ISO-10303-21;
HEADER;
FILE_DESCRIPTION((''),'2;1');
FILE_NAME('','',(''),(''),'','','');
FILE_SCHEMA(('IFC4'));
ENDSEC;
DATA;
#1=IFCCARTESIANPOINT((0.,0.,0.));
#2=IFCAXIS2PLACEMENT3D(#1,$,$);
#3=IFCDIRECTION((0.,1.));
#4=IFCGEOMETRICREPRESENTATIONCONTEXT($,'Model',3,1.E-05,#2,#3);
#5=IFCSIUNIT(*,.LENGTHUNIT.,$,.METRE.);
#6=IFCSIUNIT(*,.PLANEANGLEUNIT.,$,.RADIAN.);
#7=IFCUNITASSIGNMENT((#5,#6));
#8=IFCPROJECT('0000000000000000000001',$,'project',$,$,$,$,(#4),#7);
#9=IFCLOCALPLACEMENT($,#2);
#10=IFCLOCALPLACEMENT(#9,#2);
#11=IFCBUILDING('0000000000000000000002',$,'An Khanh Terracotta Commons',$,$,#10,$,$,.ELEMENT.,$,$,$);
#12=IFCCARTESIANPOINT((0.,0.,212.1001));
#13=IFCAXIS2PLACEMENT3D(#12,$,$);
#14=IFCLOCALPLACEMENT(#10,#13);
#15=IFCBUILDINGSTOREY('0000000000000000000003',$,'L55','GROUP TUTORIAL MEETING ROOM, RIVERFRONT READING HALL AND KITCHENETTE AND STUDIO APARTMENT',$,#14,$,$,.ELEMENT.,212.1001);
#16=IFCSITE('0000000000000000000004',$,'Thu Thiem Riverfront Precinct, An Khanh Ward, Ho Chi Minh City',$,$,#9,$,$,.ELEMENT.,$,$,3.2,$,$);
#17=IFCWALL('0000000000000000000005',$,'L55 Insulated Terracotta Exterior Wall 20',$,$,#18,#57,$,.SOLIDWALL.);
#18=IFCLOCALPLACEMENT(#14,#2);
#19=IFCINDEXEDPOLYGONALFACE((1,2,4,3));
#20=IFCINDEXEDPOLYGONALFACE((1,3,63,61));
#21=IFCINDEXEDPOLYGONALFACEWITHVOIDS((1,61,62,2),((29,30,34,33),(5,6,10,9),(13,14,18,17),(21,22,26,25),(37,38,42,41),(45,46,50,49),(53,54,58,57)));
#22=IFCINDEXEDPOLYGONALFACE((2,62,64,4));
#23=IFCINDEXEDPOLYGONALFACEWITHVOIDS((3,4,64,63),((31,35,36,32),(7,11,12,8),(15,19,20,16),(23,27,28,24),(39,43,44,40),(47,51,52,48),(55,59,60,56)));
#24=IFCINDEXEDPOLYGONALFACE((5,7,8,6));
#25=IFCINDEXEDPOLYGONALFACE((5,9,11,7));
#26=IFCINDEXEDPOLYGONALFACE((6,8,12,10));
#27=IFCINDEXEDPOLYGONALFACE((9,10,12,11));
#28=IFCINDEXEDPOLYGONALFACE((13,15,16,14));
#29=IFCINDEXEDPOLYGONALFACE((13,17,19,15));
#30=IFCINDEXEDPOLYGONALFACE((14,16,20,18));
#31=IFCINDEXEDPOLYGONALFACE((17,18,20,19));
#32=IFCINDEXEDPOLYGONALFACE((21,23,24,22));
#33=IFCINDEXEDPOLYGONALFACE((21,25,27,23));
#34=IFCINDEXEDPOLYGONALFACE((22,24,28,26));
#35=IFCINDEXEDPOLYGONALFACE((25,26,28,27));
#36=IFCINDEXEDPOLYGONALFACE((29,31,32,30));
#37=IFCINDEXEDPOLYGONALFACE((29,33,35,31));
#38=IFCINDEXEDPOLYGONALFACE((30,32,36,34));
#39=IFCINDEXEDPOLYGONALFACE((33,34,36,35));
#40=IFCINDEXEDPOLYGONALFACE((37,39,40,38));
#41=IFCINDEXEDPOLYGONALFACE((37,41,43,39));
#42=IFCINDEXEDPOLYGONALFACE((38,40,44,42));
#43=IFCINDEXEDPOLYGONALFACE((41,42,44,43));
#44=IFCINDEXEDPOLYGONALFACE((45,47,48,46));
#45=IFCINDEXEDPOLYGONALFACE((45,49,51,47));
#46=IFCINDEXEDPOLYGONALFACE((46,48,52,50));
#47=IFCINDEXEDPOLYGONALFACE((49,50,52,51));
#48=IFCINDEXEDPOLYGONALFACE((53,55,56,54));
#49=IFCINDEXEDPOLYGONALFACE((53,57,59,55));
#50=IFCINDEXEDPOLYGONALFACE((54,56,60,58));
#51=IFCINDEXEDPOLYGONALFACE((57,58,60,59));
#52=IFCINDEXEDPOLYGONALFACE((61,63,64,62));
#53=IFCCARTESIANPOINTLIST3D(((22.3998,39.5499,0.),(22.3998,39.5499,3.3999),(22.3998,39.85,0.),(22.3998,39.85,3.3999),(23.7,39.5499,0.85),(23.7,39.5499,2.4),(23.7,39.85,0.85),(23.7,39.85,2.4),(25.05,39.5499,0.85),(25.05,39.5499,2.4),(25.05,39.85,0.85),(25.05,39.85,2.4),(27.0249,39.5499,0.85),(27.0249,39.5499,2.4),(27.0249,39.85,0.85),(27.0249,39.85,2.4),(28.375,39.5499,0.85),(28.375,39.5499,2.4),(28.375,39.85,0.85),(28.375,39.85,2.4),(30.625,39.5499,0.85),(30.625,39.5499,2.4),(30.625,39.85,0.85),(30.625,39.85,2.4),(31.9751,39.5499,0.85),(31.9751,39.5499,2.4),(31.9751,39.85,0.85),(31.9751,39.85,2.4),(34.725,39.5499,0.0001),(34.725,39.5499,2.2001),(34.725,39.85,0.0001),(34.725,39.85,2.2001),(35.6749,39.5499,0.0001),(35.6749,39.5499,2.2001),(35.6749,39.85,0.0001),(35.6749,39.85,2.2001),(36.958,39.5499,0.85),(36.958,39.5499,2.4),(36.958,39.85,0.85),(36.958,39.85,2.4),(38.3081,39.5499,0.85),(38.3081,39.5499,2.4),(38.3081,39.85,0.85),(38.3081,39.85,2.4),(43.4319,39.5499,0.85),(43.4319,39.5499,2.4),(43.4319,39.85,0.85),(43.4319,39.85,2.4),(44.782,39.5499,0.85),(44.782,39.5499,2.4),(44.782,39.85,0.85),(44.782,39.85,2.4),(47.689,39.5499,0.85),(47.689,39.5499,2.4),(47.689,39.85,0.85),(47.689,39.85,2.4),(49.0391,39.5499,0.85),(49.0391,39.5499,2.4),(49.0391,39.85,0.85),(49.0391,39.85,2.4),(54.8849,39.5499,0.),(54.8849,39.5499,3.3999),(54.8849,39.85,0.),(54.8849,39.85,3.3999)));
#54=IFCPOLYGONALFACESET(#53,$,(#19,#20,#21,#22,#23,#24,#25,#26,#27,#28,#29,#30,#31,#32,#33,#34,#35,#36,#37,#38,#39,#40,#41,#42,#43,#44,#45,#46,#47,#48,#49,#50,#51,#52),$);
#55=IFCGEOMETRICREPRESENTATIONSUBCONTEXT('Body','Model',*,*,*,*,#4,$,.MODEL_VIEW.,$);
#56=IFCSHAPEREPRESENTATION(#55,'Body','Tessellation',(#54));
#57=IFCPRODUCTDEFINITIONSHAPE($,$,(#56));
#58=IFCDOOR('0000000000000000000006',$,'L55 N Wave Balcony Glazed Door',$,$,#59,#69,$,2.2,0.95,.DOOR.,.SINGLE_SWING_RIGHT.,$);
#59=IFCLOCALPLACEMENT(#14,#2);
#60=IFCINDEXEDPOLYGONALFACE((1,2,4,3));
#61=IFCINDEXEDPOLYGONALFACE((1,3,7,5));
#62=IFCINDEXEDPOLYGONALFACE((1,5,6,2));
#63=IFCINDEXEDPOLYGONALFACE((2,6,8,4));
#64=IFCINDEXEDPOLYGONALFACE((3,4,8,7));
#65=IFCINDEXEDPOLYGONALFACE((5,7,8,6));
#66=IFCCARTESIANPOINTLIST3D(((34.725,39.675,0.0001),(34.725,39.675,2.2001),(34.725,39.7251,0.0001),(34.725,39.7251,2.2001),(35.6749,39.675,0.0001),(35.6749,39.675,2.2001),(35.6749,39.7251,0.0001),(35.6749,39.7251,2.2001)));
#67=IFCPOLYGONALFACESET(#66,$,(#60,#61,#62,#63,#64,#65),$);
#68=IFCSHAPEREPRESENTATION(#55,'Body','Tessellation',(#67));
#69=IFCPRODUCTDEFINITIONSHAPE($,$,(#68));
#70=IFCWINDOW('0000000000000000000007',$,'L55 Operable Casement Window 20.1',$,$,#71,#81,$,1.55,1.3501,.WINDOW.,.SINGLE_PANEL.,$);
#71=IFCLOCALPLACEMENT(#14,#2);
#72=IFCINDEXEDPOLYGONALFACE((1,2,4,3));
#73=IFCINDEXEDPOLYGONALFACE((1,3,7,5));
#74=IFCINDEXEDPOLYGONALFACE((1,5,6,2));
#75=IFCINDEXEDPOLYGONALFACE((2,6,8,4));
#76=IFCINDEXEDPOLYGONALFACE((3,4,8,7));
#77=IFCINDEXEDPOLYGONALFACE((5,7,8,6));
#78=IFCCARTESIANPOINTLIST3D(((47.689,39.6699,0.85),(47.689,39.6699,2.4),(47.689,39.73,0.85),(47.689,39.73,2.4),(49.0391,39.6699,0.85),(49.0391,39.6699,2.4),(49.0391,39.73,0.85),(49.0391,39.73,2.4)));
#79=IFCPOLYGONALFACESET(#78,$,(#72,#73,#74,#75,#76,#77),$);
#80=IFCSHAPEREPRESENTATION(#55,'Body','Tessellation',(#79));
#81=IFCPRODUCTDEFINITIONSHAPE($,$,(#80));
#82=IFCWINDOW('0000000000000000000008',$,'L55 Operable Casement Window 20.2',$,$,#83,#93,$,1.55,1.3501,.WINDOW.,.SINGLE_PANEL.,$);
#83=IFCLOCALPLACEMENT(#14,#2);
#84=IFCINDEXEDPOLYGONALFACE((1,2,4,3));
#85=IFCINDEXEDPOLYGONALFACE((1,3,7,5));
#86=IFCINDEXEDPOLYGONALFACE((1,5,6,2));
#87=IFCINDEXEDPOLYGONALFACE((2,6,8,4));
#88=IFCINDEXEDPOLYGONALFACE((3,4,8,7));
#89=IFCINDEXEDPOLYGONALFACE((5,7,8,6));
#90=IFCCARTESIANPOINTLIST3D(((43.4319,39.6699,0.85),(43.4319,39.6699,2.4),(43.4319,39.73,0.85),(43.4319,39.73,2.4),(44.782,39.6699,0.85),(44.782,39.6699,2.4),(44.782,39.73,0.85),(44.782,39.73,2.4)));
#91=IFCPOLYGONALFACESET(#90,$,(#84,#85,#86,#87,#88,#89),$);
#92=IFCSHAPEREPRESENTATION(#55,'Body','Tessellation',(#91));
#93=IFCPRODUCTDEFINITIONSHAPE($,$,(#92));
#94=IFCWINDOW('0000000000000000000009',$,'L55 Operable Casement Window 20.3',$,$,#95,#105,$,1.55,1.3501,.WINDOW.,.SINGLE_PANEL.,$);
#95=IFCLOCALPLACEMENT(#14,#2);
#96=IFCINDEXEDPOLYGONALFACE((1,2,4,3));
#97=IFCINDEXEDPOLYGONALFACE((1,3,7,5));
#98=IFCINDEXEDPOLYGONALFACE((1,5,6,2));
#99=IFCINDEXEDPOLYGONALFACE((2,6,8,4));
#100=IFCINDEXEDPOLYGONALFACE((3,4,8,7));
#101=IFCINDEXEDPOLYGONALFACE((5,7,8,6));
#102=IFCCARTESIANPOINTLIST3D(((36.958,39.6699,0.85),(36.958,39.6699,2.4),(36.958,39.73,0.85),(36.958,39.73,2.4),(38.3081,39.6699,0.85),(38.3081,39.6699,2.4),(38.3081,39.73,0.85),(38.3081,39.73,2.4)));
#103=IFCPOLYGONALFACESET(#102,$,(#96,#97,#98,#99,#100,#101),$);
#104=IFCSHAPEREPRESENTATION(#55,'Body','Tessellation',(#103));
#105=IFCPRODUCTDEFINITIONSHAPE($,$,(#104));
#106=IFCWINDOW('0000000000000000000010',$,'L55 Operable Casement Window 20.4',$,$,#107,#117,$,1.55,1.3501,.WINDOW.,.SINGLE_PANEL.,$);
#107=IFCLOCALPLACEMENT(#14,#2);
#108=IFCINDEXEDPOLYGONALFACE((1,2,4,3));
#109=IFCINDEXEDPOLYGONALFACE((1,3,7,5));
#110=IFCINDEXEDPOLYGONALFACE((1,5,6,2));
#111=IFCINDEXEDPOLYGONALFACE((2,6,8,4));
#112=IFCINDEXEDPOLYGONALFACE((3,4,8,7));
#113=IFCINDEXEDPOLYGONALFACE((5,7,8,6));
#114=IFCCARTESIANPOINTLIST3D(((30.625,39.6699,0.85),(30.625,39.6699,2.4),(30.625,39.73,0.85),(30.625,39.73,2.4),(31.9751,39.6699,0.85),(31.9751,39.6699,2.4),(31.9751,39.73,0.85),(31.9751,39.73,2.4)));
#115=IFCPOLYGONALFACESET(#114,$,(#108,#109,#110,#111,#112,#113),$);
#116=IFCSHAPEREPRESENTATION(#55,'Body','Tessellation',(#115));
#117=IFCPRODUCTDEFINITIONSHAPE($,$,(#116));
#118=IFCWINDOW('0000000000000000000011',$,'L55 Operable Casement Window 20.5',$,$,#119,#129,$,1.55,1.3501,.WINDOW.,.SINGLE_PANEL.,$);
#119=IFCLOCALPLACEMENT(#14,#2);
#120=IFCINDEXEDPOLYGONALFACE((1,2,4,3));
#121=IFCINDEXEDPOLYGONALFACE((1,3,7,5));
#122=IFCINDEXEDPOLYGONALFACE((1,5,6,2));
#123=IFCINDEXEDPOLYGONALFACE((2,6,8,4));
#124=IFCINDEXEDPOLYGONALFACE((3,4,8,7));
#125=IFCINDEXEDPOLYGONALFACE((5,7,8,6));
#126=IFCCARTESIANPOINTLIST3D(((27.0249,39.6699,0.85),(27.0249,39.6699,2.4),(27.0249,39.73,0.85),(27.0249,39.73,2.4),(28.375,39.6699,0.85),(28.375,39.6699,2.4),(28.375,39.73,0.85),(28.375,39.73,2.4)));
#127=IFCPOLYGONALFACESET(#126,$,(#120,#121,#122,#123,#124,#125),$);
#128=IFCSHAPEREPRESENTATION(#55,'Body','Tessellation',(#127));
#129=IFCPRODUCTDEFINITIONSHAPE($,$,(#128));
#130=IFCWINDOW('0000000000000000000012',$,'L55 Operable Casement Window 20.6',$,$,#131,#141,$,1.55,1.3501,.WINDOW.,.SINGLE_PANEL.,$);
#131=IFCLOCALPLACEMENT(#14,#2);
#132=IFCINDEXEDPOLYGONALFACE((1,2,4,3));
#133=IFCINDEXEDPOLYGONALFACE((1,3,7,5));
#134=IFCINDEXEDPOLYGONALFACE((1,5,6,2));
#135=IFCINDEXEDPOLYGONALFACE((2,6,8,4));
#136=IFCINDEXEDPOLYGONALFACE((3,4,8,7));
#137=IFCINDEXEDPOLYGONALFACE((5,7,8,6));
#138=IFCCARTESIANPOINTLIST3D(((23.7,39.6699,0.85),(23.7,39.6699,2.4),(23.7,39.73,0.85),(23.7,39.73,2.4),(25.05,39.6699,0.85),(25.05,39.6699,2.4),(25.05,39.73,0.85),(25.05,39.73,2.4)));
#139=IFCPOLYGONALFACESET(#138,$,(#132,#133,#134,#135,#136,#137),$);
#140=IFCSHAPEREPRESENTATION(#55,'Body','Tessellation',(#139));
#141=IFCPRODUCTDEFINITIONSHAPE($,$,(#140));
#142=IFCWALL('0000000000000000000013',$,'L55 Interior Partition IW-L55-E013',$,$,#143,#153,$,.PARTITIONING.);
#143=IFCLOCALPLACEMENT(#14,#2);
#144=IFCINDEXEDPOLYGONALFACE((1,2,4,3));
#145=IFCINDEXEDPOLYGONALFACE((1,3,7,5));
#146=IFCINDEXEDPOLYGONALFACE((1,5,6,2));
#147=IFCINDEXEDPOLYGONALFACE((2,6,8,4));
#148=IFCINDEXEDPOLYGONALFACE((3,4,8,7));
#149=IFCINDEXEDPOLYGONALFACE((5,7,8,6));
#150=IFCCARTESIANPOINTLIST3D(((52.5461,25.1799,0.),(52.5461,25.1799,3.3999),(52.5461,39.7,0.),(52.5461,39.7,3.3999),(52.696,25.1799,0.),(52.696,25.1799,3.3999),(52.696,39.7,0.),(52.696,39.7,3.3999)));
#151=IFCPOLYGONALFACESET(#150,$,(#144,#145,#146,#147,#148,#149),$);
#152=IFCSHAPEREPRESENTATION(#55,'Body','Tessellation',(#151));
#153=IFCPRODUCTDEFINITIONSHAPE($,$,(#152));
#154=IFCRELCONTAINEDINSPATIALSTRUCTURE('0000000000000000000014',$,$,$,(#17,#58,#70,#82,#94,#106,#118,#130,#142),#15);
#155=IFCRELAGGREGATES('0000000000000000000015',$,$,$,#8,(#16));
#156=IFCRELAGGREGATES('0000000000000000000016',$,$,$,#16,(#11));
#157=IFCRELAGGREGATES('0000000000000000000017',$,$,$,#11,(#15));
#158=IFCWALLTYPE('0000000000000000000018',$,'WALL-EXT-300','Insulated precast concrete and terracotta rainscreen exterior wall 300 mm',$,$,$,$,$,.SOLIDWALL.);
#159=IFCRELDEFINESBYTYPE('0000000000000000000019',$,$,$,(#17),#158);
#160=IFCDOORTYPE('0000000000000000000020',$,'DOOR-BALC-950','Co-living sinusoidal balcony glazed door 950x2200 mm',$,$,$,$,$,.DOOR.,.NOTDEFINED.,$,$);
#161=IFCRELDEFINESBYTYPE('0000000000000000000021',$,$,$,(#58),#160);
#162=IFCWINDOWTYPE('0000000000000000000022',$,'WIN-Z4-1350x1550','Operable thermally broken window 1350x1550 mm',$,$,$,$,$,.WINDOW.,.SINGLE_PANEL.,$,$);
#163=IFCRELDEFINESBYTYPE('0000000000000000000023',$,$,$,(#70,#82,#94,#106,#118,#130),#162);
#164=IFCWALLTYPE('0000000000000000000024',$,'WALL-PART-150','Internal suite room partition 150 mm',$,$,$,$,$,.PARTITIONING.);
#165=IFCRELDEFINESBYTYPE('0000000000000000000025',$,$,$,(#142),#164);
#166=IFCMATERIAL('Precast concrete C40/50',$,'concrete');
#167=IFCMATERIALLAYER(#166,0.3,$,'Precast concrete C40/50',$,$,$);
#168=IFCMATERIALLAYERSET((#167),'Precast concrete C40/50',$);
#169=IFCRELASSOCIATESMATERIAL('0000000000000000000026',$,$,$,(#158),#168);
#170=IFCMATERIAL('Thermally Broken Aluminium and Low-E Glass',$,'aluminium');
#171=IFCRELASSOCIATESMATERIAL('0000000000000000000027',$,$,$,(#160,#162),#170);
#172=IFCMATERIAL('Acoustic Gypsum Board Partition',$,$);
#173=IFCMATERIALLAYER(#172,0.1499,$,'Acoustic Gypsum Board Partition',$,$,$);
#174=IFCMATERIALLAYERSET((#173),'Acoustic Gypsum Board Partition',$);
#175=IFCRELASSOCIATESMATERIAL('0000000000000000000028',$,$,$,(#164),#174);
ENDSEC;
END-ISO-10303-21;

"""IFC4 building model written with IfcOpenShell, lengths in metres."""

from ifc_helpers import new_model, si_unit, direction, frame, frame_2d, origin, place, context, subcontext, project, spatial, rectangle, extrude, material, layer, layer_set, type_object, element, fill, save


model = new_model("IFC4")

# Units and contexts
model_context = context("Model", 3, precision=1e-05, world=origin(), true_north=direction((0.0, 1.0)))
body_context = subcontext(model_context, "Body", "Model", "MODEL_VIEW")
ifc_project = project(units=[si_unit("LENGTHUNIT", "METRE"), si_unit("PLANEANGLEUNIT", "RADIAN")], contexts=[model_context])

# Site, building, storey
site_placement = place(None, origin())
site = spatial("IfcSite", under=ifc_project, at=site_placement, Name="Thu Thiem Riverfront Precinct, An Khanh Ward, Ho Chi Minh City", CompositionType="ELEMENT", RefElevation=3.2)
building_placement = place(site_placement, origin())
building = spatial("IfcBuilding", under=site, at=building_placement, Name="An Khanh Terracotta Commons", CompositionType="ELEMENT")
storey_placement = place(building_placement, frame((0.0, 0.0, 212.1001)))
storey = spatial("IfcBuildingStorey", under=building, at=storey_placement, Name="L55", Description="GROUP TUTORIAL MEETING ROOM, RIVERFRONT READING HALL AND KITCHENETTE AND STUDIO APARTMENT", CompositionType="ELEMENT", Elevation=212.1001)

# Shared definitions
ifc_material_1 = material(Name="Precast concrete C40/50", Category="concrete")
ifc_layer_1 = layer(ifc_material_1, 0.3, Name="Precast concrete C40/50")
ifc_layer_set_1 = layer_set([ifc_layer_1], Name="Precast concrete C40/50")
wall_type_1 = type_object("IfcWallType", Name="WALL-EXT-300", Description="Insulated precast concrete and terracotta rainscreen exterior wall 300 mm", PredefinedType="SOLIDWALL", material=ifc_layer_set_1)

# Wall, openings, door, windows
wall_1_placement = place(storey_placement, frame((54.885, 39.7, 0.0), z_axis=(0.0, 0.0, 1.0), x_axis=(-1.0, 0.0, 0.0)))
wall_1 = element("IfcWall", 1, at=wall_1_placement, inside=storey, type_object=wall_type_1, Name="L55 Insulated Terracotta Exterior Wall 20", PredefinedType="SOLIDWALL", context=body_context, shape_type="SweptSolid", body=[
    extrude(rectangle(XDim=32.4851, YDim=0.3, at=frame_2d((16.2427, 0.0))), origin(), (0.0, 0.0, 1.0), 3.3999),
])
opening_1_placement = place(wall_1_placement, frame((19.21, 0.0, 0.0)))
opening_1 = element("IfcOpeningElement", 2, at=opening_1_placement, cuts=wall_1, PredefinedType="OPENING", context=body_context, shape_type="SweptSolid", body=[
    extrude(rectangle(XDim=0.95, YDim=2.2, at=frame_2d((0.4751, 1.1001))), frame((0.0, 0.1599, 0.0), z_axis=(0.0, -1.0, 0.0), x_axis=(1.0, 0.0, 0.0)), (0.0, 0.0, 1.0), 0.3201),
])
opening_2_placement = place(wall_1_placement, frame((5.8459, 0.0, 0.8501)))
opening_2 = element("IfcOpeningElement", 3, at=opening_2_placement, cuts=wall_1, PredefinedType="OPENING", context=body_context, shape_type="SweptSolid", body=[
    extrude(rectangle(XDim=1.3501, YDim=1.55, at=frame_2d((0.675, 0.7749))), frame((0.0, 0.1599, 0.0), z_axis=(0.0, -1.0, 0.0), x_axis=(1.0, 0.0, 0.0)), (0.0, 0.0, 1.0), 0.3201),
])
opening_3_placement = place(wall_1_placement, frame((10.103, 0.0, 0.8501)))
opening_3 = element("IfcOpeningElement", 4, at=opening_3_placement, cuts=wall_1, PredefinedType="OPENING", context=body_context, shape_type="SweptSolid", body=[
    extrude(rectangle(XDim=1.3501, YDim=1.55, at=frame_2d((0.675, 0.7749))), frame((0.0, 0.1599, 0.0), z_axis=(0.0, -1.0, 0.0), x_axis=(1.0, 0.0, 0.0)), (0.0, 0.0, 1.0), 0.3201),
])
opening_4_placement = place(wall_1_placement, frame((16.5769, 0.0, 0.8501)))
opening_4 = element("IfcOpeningElement", 5, at=opening_4_placement, cuts=wall_1, PredefinedType="OPENING", context=body_context, shape_type="SweptSolid", body=[
    extrude(rectangle(XDim=1.3501, YDim=1.55, at=frame_2d((0.675, 0.7749))), frame((0.0, 0.1599, 0.0), z_axis=(0.0, -1.0, 0.0), x_axis=(1.0, 0.0, 0.0)), (0.0, 0.0, 1.0), 0.3201),
])
opening_5_placement = place(wall_1_placement, frame((22.9099, 0.0, 0.8501)))
opening_5 = element("IfcOpeningElement", 6, at=opening_5_placement, cuts=wall_1, PredefinedType="OPENING", context=body_context, shape_type="SweptSolid", body=[
    extrude(rectangle(XDim=1.3501, YDim=1.55, at=frame_2d((0.675, 0.7749))), frame((0.0, 0.1599, 0.0), z_axis=(0.0, -1.0, 0.0), x_axis=(1.0, 0.0, 0.0)), (0.0, 0.0, 1.0), 0.3201),
])
opening_6_placement = place(wall_1_placement, frame((26.51, 0.0, 0.8501)))
opening_6 = element("IfcOpeningElement", 7, at=opening_6_placement, cuts=wall_1, PredefinedType="OPENING", context=body_context, shape_type="SweptSolid", body=[
    extrude(rectangle(XDim=1.3501, YDim=1.55, at=frame_2d((0.675, 0.7749))), frame((0.0, 0.1599, 0.0), z_axis=(0.0, -1.0, 0.0), x_axis=(1.0, 0.0, 0.0)), (0.0, 0.0, 1.0), 0.3201),
])
opening_7_placement = place(wall_1_placement, frame((29.835, 0.0, 0.8501)))
opening_7 = element("IfcOpeningElement", 8, at=opening_7_placement, cuts=wall_1, PredefinedType="OPENING", context=body_context, shape_type="SweptSolid", body=[
    extrude(rectangle(XDim=1.3501, YDim=1.55, at=frame_2d((0.675, 0.7749))), frame((0.0, 0.1599, 0.0), z_axis=(0.0, -1.0, 0.0), x_axis=(1.0, 0.0, 0.0)), (0.0, 0.0, 1.0), 0.3201),
])
ifc_material_2 = material(Name="Thermally Broken Aluminium and Low-E Glass", Category="aluminium")
door_type = type_object("IfcDoorType", Name="DOOR-BALC-950", Description="Co-living sinusoidal balcony glazed door 950x2200 mm", OperationType="NOTDEFINED", PredefinedType="DOOR", material=ifc_material_2)
door_placement = place(opening_1_placement, origin())
door = element("IfcDoor", 9, at=door_placement, inside=storey, type_object=door_type, Name="L55 N Wave Balcony Glazed Door", OperationType="SINGLE_SWING_RIGHT", OverallHeight=2.2, OverallWidth=0.95, PredefinedType="DOOR", context=body_context, shape_type="SweptSolid", body=[
    extrude(rectangle(XDim=0.95, YDim=2.2, at=frame_2d((0.4751, 1.1001))), frame((0.0, 0.0249, 0.0), z_axis=(0.0, -1.0, 0.0), x_axis=(1.0, 0.0, 0.0)), (0.0, 0.0, 1.0), 0.05),
])
fill(opening_1, door)
window_type = type_object("IfcWindowType", Name="WIN-Z4-1350x1550", Description="Operable thermally broken window 1350x1550 mm", PartitioningType="SINGLE_PANEL", PredefinedType="WINDOW", material=ifc_material_2)
window_1_placement = place(opening_2_placement, origin())
window_1 = element("IfcWindow", 10, at=window_1_placement, inside=storey, type_object=window_type, Name="L55 Operable Casement Window 20.1", OverallHeight=1.55, OverallWidth=1.3501, PartitioningType="SINGLE_PANEL", PredefinedType="WINDOW", context=body_context, shape_type="SweptSolid", body=[
    extrude(rectangle(XDim=1.3501, YDim=1.55, at=frame_2d((0.675, 0.7749))), frame((0.0, 0.03, 0.0), z_axis=(0.0, -1.0, 0.0), x_axis=(1.0, 0.0, 0.0)), (0.0, 0.0, 1.0), 0.0601),
])
fill(opening_2, window_1)
window_2_placement = place(opening_3_placement, origin())
window_2 = element("IfcWindow", 11, at=window_2_placement, inside=storey, type_object=window_type, Name="L55 Operable Casement Window 20.2", OverallHeight=1.55, OverallWidth=1.3501, PartitioningType="SINGLE_PANEL", PredefinedType="WINDOW", context=body_context, shape_type="SweptSolid", body=[
    extrude(rectangle(XDim=1.3501, YDim=1.55, at=frame_2d((0.675, 0.7749))), frame((0.0, 0.03, 0.0), z_axis=(0.0, -1.0, 0.0), x_axis=(1.0, 0.0, 0.0)), (0.0, 0.0, 1.0), 0.0601),
])
fill(opening_3, window_2)
window_3_placement = place(opening_4_placement, origin())
window_3 = element("IfcWindow", 12, at=window_3_placement, inside=storey, type_object=window_type, Name="L55 Operable Casement Window 20.3", OverallHeight=1.55, OverallWidth=1.3501, PartitioningType="SINGLE_PANEL", PredefinedType="WINDOW", context=body_context, shape_type="SweptSolid", body=[
    extrude(rectangle(XDim=1.3501, YDim=1.55, at=frame_2d((0.675, 0.7749))), frame((0.0, 0.03, 0.0), z_axis=(0.0, -1.0, 0.0), x_axis=(1.0, 0.0, 0.0)), (0.0, 0.0, 1.0), 0.0601),
])
fill(opening_4, window_3)
window_4_placement = place(opening_5_placement, origin())
window_4 = element("IfcWindow", 13, at=window_4_placement, inside=storey, type_object=window_type, Name="L55 Operable Casement Window 20.4", OverallHeight=1.55, OverallWidth=1.3501, PartitioningType="SINGLE_PANEL", PredefinedType="WINDOW", context=body_context, shape_type="SweptSolid", body=[
    extrude(rectangle(XDim=1.3501, YDim=1.55, at=frame_2d((0.675, 0.7749))), frame((0.0, 0.03, 0.0), z_axis=(0.0, -1.0, 0.0), x_axis=(1.0, 0.0, 0.0)), (0.0, 0.0, 1.0), 0.0601),
])
fill(opening_5, window_4)
window_5_placement = place(opening_6_placement, origin())
window_5 = element("IfcWindow", 14, at=window_5_placement, inside=storey, type_object=window_type, Name="L55 Operable Casement Window 20.5", OverallHeight=1.55, OverallWidth=1.3501, PartitioningType="SINGLE_PANEL", PredefinedType="WINDOW", context=body_context, shape_type="SweptSolid", body=[
    extrude(rectangle(XDim=1.3501, YDim=1.55, at=frame_2d((0.675, 0.7749))), frame((0.0, 0.03, 0.0), z_axis=(0.0, -1.0, 0.0), x_axis=(1.0, 0.0, 0.0)), (0.0, 0.0, 1.0), 0.0601),
])
fill(opening_6, window_5)
window_6_placement = place(opening_7_placement, origin())
window_6 = element("IfcWindow", 15, at=window_6_placement, inside=storey, type_object=window_type, Name="L55 Operable Casement Window 20.6", OverallHeight=1.55, OverallWidth=1.3501, PartitioningType="SINGLE_PANEL", PredefinedType="WINDOW", context=body_context, shape_type="SweptSolid", body=[
    extrude(rectangle(XDim=1.3501, YDim=1.55, at=frame_2d((0.675, 0.7749))), frame((0.0, 0.03, 0.0), z_axis=(0.0, -1.0, 0.0), x_axis=(1.0, 0.0, 0.0)), (0.0, 0.0, 1.0), 0.0601),
])
fill(opening_7, window_6)

# Wall
ifc_material_3 = material(Name="Acoustic Gypsum Board Partition")
ifc_layer_2 = layer(ifc_material_3, 0.1499, Name="Acoustic Gypsum Board Partition")
ifc_layer_set_2 = layer_set([ifc_layer_2], Name="Acoustic Gypsum Board Partition")
wall_type_2 = type_object("IfcWallType", Name="WALL-PART-150", Description="Internal suite room partition 150 mm", PredefinedType="PARTITIONING", material=ifc_layer_set_2)
wall_2_placement = place(storey_placement, frame((52.6211, 25.1799, 0.0), z_axis=(0.0, 0.0, 1.0), x_axis=(0.0, 1.0, 0.0)))
element("IfcWall", 16, at=wall_2_placement, inside=storey, type_object=wall_type_2, Name="L55 Interior Partition IW-L55-E013", PredefinedType="PARTITIONING", context=body_context, shape_type="SweptSolid", body=[
    extrude(rectangle(XDim=14.52, YDim=0.1499, at=frame_2d((7.26, 0.0))), origin(), (0.0, 0.0, 1.0), 3.3999),
])

save(model, "model.ifc")
